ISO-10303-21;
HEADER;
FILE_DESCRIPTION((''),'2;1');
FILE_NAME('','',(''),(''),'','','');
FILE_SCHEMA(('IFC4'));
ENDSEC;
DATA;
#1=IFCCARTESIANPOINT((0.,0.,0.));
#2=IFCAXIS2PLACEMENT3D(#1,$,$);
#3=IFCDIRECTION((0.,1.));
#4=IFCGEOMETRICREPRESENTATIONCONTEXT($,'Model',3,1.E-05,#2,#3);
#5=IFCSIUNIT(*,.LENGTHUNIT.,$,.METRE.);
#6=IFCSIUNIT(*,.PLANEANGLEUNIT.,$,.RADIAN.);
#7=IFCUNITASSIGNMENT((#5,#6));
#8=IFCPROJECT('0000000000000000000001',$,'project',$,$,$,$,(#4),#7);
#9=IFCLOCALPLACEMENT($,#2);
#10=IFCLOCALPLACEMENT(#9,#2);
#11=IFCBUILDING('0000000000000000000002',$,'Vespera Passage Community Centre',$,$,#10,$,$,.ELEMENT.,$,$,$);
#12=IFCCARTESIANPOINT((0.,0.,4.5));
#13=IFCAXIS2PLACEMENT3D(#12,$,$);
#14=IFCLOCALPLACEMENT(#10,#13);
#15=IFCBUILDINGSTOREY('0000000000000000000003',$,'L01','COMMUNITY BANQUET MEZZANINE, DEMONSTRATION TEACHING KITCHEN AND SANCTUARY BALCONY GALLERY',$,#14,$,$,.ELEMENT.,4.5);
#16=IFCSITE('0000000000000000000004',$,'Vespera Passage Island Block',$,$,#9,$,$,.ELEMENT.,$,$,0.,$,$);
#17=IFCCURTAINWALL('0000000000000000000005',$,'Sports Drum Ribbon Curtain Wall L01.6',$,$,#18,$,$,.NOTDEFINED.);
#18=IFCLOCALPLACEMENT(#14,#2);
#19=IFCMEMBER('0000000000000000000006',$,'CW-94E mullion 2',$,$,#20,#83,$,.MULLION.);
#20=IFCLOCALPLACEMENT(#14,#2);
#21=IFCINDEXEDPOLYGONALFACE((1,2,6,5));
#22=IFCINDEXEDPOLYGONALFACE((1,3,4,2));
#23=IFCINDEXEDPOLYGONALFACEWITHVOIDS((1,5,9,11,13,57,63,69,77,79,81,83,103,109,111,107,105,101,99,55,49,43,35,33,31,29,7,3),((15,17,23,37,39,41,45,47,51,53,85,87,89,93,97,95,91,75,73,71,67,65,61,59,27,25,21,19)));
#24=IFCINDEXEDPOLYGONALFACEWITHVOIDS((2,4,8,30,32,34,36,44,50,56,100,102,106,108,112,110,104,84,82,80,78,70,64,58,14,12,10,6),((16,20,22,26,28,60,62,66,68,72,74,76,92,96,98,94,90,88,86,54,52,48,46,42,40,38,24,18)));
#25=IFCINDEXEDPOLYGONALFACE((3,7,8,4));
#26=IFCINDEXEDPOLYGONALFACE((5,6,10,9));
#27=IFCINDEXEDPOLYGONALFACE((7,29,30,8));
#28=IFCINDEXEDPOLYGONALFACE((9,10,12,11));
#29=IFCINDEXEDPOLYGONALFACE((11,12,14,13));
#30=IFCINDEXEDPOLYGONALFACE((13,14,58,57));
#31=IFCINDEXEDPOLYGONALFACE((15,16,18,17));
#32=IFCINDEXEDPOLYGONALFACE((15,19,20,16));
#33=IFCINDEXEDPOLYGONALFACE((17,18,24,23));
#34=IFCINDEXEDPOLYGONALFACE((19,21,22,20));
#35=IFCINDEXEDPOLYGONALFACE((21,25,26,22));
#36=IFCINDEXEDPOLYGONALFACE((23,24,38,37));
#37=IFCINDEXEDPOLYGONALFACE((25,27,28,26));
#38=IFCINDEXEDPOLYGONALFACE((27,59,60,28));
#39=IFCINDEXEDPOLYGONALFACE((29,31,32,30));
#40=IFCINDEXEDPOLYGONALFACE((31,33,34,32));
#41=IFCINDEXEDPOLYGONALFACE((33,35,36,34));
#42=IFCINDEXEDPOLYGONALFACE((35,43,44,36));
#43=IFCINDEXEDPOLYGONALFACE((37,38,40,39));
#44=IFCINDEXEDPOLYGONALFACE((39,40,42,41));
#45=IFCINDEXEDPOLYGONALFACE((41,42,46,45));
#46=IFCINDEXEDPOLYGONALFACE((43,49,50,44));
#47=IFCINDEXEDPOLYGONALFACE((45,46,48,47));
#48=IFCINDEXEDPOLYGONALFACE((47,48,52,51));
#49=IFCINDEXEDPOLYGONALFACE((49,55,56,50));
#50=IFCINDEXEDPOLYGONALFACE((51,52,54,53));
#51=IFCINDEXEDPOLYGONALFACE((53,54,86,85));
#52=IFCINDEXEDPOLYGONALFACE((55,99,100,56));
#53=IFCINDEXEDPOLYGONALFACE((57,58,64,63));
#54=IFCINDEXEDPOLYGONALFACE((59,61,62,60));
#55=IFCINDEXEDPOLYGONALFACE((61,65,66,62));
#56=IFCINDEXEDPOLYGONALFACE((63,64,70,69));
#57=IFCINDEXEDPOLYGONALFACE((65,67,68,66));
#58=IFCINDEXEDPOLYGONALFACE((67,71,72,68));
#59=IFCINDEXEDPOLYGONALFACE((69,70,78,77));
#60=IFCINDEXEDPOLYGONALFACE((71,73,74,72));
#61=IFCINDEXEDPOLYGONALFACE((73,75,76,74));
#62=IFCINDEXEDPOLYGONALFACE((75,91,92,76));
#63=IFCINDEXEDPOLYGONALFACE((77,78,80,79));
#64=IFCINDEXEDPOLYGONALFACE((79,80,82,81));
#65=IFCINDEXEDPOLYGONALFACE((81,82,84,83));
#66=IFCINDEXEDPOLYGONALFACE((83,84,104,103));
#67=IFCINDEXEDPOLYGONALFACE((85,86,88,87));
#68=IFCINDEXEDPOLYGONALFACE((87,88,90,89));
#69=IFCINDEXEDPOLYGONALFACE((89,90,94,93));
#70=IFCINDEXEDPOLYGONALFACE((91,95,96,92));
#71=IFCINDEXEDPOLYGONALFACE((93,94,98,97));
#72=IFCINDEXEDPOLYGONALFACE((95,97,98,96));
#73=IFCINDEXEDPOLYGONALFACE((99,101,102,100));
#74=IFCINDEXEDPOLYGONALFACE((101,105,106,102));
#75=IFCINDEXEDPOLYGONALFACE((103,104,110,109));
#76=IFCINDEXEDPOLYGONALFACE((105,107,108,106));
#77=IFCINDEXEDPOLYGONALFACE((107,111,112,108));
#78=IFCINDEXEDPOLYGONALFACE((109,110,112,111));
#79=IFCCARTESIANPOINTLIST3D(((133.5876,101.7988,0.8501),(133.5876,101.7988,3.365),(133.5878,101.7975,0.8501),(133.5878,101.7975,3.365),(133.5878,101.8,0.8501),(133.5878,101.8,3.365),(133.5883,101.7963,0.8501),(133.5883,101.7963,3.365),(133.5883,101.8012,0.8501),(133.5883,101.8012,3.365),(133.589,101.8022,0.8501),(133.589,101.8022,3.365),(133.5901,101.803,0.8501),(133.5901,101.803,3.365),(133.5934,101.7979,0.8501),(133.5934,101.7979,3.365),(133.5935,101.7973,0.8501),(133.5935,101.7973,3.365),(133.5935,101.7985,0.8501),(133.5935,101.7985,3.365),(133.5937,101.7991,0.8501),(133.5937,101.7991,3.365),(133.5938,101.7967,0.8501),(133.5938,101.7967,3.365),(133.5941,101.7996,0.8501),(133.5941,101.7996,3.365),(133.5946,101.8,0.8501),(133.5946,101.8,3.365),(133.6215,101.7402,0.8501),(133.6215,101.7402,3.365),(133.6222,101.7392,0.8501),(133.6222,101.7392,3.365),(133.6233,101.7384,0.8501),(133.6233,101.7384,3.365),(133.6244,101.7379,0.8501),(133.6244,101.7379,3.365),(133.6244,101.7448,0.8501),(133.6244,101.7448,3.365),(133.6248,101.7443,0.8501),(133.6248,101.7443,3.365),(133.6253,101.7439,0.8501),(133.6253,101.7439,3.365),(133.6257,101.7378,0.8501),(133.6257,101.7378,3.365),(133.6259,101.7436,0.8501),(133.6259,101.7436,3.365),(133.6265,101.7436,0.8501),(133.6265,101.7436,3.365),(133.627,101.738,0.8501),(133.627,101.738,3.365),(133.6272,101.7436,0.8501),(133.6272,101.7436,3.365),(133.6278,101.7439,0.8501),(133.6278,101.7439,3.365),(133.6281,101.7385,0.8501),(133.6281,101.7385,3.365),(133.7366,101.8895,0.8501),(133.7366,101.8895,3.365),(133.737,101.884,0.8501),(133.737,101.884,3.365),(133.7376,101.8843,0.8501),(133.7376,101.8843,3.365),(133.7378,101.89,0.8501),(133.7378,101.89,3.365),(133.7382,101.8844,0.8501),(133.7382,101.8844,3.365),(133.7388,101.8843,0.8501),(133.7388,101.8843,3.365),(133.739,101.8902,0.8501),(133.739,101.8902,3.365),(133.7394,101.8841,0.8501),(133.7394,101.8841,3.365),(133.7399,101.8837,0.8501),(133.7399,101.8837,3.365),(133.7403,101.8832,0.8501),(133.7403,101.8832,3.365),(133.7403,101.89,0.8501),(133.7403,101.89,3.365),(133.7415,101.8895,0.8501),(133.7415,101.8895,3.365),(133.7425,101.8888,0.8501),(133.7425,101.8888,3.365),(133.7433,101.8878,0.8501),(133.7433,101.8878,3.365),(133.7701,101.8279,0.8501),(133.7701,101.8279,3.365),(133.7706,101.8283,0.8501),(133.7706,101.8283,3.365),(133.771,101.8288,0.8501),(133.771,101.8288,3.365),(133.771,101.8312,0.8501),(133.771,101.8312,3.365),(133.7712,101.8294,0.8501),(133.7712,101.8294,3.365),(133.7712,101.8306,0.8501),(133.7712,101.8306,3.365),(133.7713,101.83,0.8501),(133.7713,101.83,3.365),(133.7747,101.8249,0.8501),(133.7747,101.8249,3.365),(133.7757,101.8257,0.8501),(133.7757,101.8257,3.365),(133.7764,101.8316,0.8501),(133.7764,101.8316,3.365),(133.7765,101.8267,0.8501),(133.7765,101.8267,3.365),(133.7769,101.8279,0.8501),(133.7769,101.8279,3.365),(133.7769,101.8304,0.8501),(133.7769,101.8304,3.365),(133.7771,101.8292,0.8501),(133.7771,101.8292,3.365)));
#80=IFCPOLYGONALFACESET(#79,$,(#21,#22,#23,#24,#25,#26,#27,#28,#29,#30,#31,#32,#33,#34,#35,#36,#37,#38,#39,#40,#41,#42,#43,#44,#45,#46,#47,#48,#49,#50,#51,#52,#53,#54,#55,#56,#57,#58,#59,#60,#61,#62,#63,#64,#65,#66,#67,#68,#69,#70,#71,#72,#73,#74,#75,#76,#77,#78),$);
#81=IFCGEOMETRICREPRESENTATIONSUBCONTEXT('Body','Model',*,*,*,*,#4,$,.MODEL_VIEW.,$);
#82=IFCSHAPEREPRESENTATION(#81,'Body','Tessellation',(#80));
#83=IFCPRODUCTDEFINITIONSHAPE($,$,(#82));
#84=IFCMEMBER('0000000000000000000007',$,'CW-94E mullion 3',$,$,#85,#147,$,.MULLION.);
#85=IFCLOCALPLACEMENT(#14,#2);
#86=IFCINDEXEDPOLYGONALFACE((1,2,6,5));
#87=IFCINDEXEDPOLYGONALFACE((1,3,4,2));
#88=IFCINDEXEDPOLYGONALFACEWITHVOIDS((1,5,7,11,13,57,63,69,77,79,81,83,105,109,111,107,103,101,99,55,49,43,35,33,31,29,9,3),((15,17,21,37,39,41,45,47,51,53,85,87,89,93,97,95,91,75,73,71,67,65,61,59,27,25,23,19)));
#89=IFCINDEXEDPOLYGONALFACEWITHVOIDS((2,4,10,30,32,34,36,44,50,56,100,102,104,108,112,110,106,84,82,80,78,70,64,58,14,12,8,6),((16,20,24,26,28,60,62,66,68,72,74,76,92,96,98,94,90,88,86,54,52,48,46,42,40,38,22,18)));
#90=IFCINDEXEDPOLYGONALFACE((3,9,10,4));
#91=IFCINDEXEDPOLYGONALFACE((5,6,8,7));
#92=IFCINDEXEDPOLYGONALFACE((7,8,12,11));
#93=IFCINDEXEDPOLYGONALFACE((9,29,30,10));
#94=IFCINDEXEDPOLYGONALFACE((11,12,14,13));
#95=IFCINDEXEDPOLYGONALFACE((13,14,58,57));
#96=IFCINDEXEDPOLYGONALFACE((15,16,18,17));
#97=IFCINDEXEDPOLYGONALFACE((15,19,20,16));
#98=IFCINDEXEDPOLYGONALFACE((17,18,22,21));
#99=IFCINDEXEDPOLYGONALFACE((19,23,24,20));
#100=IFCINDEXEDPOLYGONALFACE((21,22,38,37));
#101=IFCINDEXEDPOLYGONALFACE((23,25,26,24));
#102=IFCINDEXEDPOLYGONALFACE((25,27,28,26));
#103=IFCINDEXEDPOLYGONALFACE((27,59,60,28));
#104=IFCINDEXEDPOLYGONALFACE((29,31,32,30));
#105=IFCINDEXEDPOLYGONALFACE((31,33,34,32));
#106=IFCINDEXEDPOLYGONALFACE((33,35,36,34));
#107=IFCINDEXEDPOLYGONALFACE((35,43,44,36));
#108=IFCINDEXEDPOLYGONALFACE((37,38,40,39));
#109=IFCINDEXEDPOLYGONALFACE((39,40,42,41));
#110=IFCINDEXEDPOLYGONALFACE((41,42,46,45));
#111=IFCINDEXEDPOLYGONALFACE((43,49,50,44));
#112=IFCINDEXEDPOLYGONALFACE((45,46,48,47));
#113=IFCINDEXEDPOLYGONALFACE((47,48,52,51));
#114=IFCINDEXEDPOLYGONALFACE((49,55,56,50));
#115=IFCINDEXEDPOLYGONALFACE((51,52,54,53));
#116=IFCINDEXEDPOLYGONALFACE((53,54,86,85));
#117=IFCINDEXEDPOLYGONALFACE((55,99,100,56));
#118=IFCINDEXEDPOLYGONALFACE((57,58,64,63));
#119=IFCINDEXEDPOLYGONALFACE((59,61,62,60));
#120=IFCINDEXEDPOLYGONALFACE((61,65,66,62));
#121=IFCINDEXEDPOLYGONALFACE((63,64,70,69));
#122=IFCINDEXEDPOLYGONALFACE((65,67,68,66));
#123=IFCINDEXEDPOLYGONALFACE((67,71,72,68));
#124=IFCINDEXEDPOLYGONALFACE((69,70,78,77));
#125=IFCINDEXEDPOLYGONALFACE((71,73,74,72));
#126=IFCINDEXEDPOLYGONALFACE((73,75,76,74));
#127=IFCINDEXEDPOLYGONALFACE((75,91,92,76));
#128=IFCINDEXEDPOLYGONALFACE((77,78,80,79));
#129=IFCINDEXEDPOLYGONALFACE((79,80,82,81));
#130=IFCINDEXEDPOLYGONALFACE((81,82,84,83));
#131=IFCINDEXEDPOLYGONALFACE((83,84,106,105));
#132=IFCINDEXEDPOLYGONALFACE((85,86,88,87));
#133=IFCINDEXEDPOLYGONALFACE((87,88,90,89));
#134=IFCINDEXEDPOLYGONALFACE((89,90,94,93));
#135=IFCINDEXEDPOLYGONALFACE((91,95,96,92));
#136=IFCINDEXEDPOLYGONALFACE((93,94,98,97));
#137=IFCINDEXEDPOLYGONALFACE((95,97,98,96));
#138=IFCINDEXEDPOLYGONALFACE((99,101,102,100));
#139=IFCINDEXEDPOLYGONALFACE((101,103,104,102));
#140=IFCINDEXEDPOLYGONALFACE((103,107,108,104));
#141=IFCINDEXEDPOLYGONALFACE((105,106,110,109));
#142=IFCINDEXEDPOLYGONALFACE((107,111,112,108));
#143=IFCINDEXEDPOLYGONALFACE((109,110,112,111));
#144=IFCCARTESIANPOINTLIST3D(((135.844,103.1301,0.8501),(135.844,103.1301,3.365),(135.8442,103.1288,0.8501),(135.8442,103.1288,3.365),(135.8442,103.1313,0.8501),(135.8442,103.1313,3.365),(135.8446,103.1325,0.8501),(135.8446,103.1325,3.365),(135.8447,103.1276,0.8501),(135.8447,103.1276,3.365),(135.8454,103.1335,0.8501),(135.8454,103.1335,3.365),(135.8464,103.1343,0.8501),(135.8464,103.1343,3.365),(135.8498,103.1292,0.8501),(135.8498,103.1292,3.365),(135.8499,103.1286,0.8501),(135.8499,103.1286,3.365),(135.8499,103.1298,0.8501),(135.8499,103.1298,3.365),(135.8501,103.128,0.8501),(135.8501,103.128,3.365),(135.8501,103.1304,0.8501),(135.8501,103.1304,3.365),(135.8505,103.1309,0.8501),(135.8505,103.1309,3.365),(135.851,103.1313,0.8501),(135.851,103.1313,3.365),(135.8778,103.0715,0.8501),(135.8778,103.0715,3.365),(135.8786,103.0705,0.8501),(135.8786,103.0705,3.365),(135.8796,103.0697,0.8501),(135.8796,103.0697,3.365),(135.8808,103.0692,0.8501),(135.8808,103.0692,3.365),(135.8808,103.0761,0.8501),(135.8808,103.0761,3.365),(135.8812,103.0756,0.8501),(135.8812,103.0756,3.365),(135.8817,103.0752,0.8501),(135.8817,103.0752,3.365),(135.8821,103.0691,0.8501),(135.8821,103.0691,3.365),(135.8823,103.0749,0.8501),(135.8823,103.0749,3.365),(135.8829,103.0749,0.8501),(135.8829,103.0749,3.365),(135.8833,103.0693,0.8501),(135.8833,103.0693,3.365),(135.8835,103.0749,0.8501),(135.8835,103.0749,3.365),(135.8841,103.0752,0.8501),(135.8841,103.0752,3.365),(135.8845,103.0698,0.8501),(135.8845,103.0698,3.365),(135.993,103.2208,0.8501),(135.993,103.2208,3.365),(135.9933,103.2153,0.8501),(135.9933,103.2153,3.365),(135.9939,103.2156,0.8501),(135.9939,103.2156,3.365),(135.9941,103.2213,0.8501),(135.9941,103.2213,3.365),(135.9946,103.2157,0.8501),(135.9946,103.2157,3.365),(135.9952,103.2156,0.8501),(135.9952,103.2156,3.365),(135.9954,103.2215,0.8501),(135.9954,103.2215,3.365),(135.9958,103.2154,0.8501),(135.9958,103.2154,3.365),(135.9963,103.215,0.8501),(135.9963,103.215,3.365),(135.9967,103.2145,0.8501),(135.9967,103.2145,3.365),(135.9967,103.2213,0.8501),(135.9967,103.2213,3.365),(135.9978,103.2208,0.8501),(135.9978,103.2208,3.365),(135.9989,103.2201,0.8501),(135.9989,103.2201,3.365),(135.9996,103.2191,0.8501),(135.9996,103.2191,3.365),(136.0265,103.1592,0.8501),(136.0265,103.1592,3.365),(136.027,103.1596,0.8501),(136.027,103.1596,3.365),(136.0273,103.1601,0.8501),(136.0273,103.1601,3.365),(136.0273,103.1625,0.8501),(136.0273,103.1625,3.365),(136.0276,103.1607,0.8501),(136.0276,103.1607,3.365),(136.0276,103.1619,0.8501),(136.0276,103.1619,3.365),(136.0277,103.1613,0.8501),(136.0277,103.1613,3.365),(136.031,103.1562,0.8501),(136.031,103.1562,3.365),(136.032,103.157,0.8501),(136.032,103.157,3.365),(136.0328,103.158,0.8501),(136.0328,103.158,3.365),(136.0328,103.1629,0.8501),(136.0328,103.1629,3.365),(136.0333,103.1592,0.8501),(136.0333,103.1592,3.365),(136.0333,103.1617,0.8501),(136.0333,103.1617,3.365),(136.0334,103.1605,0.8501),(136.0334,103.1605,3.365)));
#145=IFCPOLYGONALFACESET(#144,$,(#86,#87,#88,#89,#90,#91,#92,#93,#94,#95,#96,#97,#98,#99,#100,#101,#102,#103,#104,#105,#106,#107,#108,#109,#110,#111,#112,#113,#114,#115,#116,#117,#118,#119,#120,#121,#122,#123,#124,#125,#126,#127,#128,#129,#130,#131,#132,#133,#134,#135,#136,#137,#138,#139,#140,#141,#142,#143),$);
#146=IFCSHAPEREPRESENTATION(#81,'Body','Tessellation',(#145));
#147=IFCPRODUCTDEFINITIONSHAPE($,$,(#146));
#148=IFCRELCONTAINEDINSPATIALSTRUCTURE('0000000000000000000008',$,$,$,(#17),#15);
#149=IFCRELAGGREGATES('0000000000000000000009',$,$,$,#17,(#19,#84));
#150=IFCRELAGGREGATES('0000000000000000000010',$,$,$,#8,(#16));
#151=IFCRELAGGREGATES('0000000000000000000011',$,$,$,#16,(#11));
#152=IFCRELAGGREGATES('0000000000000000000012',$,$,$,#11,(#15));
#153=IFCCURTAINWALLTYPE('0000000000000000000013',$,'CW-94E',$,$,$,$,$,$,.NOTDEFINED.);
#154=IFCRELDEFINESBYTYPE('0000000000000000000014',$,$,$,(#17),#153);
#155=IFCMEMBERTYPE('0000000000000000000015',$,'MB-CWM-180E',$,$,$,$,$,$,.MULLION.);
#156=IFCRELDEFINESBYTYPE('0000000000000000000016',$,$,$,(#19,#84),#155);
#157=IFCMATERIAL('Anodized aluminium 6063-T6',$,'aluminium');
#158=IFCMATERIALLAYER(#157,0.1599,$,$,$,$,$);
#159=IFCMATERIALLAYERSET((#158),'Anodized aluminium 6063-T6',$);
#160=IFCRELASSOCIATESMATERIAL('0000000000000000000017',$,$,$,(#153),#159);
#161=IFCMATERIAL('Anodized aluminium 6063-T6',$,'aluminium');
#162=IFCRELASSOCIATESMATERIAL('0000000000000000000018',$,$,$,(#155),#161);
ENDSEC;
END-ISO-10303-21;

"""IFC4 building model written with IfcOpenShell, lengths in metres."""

from ifc_helpers import new_model, si_unit, direction, frame, origin, origin_2d, place, context, subcontext, project, spatial, hollow_rectangle, extrude, material, layer, layer_set, material_profile, profile_set, type_object, element, aggregate, save


model = new_model("IFC4")

# Units and contexts
model_context = context("Model", 3, precision=1e-05, world=origin(), true_north=direction((0.0, 1.0)))
body_context = subcontext(model_context, "Body", "Model", "MODEL_VIEW")
ifc_project = project(units=[si_unit("LENGTHUNIT", "METRE"), si_unit("PLANEANGLEUNIT", "RADIAN")], contexts=[model_context])

# Site, building, storey
site_placement = place(None, origin())
site = spatial("IfcSite", under=ifc_project, at=site_placement, Name="Vespera Passage Island Block", CompositionType="ELEMENT", RefElevation=0.0)
building_placement = place(site_placement, origin())
building = spatial("IfcBuilding", under=site, at=building_placement, Name="Vespera Passage Community Centre", CompositionType="ELEMENT")
storey_placement = place(building_placement, frame((0.0, 0.0, 4.5)))
storey = spatial("IfcBuildingStorey", under=building, at=storey_placement, Name="L01", Description="COMMUNITY BANQUET MEZZANINE, DEMONSTRATION TEACHING KITCHEN AND SANCTUARY BALCONY GALLERY", CompositionType="ELEMENT", Elevation=4.5)

# Curtain wall, members
ifc_material_1 = material(Name="Anodized aluminium 6063-T6", Category="aluminium")
ifc_layer_1 = layer(ifc_material_1, 0.1599)
ifc_layer_set_1 = layer_set([ifc_layer_1], Name="Anodized aluminium 6063-T6")
curtain_wall_type = type_object("IfcCurtainWallType", Name="CW-94E", PredefinedType="NOTDEFINED", material=ifc_layer_set_1)
ifc_material_2 = material(Name="Anodized aluminium 6063-T6", Category="aluminium")
ifc_material_profile_1 = material_profile(ifc_material_2, hollow_rectangle(XDim=0.075, YDim=0.1799, WallThickness=0.0049, InnerFilletRadius=0.0024, OuterFilletRadius=0.0049, at=origin_2d()), Name="ALU180X75X5")
ifc_profile_set_1 = profile_set([ifc_material_profile_1], Name="Anodized aluminium 6063-T6")
member_type_1 = type_object("IfcMemberType", Name="MB-CWM-180E", PredefinedType="MULLION", material=ifc_profile_set_1)
curtain_wall_1_placement = place(storey_placement, origin())
curtain_wall_1 = element("IfcCurtainWall", 1, at=curtain_wall_1_placement, inside=storey, type_object=curtain_wall_type, Name="Sports Drum Ribbon Curtain Wall L01.6", PredefinedType="NOTDEFINED")
member_1_placement = place(storey_placement, frame((133.6824, 101.814, 0.8501), z_axis=(0.0, 0.0, 1.0), x_axis=(-0.50817, 0.861257, 0.0)))
member_1 = element("IfcMember", 2, at=member_1_placement, type_object=member_type_1, Name="CW-94E mullion 2", PredefinedType="MULLION", context=body_context, shape_type="SweptSolid", body=[
    extrude(hollow_rectangle(XDim=0.075, YDim=0.1799, WallThickness=0.0049, InnerFilletRadius=0.0024, OuterFilletRadius=0.0049, at=origin_2d()), origin(), (0.0, 0.0, 1.0), 2.5149),
])
member_2_placement = place(storey_placement, frame((135.9387, 103.1453, 0.8501), z_axis=(0.0, 0.0, 1.0), x_axis=(-0.50817, 0.861257, 0.0)))
member_2 = element("IfcMember", 3, at=member_2_placement, type_object=member_type_1, Name="CW-94E mullion 3", PredefinedType="MULLION", context=body_context, shape_type="SweptSolid", body=[
    extrude(hollow_rectangle(XDim=0.075, YDim=0.1799, WallThickness=0.0049, InnerFilletRadius=0.0024, OuterFilletRadius=0.0049, at=origin_2d()), origin(), (0.0, 0.0, 1.0), 2.5149),
])

aggregate(curtain_wall_1, [member_1, member_2])

save(model, "model.ifc")
